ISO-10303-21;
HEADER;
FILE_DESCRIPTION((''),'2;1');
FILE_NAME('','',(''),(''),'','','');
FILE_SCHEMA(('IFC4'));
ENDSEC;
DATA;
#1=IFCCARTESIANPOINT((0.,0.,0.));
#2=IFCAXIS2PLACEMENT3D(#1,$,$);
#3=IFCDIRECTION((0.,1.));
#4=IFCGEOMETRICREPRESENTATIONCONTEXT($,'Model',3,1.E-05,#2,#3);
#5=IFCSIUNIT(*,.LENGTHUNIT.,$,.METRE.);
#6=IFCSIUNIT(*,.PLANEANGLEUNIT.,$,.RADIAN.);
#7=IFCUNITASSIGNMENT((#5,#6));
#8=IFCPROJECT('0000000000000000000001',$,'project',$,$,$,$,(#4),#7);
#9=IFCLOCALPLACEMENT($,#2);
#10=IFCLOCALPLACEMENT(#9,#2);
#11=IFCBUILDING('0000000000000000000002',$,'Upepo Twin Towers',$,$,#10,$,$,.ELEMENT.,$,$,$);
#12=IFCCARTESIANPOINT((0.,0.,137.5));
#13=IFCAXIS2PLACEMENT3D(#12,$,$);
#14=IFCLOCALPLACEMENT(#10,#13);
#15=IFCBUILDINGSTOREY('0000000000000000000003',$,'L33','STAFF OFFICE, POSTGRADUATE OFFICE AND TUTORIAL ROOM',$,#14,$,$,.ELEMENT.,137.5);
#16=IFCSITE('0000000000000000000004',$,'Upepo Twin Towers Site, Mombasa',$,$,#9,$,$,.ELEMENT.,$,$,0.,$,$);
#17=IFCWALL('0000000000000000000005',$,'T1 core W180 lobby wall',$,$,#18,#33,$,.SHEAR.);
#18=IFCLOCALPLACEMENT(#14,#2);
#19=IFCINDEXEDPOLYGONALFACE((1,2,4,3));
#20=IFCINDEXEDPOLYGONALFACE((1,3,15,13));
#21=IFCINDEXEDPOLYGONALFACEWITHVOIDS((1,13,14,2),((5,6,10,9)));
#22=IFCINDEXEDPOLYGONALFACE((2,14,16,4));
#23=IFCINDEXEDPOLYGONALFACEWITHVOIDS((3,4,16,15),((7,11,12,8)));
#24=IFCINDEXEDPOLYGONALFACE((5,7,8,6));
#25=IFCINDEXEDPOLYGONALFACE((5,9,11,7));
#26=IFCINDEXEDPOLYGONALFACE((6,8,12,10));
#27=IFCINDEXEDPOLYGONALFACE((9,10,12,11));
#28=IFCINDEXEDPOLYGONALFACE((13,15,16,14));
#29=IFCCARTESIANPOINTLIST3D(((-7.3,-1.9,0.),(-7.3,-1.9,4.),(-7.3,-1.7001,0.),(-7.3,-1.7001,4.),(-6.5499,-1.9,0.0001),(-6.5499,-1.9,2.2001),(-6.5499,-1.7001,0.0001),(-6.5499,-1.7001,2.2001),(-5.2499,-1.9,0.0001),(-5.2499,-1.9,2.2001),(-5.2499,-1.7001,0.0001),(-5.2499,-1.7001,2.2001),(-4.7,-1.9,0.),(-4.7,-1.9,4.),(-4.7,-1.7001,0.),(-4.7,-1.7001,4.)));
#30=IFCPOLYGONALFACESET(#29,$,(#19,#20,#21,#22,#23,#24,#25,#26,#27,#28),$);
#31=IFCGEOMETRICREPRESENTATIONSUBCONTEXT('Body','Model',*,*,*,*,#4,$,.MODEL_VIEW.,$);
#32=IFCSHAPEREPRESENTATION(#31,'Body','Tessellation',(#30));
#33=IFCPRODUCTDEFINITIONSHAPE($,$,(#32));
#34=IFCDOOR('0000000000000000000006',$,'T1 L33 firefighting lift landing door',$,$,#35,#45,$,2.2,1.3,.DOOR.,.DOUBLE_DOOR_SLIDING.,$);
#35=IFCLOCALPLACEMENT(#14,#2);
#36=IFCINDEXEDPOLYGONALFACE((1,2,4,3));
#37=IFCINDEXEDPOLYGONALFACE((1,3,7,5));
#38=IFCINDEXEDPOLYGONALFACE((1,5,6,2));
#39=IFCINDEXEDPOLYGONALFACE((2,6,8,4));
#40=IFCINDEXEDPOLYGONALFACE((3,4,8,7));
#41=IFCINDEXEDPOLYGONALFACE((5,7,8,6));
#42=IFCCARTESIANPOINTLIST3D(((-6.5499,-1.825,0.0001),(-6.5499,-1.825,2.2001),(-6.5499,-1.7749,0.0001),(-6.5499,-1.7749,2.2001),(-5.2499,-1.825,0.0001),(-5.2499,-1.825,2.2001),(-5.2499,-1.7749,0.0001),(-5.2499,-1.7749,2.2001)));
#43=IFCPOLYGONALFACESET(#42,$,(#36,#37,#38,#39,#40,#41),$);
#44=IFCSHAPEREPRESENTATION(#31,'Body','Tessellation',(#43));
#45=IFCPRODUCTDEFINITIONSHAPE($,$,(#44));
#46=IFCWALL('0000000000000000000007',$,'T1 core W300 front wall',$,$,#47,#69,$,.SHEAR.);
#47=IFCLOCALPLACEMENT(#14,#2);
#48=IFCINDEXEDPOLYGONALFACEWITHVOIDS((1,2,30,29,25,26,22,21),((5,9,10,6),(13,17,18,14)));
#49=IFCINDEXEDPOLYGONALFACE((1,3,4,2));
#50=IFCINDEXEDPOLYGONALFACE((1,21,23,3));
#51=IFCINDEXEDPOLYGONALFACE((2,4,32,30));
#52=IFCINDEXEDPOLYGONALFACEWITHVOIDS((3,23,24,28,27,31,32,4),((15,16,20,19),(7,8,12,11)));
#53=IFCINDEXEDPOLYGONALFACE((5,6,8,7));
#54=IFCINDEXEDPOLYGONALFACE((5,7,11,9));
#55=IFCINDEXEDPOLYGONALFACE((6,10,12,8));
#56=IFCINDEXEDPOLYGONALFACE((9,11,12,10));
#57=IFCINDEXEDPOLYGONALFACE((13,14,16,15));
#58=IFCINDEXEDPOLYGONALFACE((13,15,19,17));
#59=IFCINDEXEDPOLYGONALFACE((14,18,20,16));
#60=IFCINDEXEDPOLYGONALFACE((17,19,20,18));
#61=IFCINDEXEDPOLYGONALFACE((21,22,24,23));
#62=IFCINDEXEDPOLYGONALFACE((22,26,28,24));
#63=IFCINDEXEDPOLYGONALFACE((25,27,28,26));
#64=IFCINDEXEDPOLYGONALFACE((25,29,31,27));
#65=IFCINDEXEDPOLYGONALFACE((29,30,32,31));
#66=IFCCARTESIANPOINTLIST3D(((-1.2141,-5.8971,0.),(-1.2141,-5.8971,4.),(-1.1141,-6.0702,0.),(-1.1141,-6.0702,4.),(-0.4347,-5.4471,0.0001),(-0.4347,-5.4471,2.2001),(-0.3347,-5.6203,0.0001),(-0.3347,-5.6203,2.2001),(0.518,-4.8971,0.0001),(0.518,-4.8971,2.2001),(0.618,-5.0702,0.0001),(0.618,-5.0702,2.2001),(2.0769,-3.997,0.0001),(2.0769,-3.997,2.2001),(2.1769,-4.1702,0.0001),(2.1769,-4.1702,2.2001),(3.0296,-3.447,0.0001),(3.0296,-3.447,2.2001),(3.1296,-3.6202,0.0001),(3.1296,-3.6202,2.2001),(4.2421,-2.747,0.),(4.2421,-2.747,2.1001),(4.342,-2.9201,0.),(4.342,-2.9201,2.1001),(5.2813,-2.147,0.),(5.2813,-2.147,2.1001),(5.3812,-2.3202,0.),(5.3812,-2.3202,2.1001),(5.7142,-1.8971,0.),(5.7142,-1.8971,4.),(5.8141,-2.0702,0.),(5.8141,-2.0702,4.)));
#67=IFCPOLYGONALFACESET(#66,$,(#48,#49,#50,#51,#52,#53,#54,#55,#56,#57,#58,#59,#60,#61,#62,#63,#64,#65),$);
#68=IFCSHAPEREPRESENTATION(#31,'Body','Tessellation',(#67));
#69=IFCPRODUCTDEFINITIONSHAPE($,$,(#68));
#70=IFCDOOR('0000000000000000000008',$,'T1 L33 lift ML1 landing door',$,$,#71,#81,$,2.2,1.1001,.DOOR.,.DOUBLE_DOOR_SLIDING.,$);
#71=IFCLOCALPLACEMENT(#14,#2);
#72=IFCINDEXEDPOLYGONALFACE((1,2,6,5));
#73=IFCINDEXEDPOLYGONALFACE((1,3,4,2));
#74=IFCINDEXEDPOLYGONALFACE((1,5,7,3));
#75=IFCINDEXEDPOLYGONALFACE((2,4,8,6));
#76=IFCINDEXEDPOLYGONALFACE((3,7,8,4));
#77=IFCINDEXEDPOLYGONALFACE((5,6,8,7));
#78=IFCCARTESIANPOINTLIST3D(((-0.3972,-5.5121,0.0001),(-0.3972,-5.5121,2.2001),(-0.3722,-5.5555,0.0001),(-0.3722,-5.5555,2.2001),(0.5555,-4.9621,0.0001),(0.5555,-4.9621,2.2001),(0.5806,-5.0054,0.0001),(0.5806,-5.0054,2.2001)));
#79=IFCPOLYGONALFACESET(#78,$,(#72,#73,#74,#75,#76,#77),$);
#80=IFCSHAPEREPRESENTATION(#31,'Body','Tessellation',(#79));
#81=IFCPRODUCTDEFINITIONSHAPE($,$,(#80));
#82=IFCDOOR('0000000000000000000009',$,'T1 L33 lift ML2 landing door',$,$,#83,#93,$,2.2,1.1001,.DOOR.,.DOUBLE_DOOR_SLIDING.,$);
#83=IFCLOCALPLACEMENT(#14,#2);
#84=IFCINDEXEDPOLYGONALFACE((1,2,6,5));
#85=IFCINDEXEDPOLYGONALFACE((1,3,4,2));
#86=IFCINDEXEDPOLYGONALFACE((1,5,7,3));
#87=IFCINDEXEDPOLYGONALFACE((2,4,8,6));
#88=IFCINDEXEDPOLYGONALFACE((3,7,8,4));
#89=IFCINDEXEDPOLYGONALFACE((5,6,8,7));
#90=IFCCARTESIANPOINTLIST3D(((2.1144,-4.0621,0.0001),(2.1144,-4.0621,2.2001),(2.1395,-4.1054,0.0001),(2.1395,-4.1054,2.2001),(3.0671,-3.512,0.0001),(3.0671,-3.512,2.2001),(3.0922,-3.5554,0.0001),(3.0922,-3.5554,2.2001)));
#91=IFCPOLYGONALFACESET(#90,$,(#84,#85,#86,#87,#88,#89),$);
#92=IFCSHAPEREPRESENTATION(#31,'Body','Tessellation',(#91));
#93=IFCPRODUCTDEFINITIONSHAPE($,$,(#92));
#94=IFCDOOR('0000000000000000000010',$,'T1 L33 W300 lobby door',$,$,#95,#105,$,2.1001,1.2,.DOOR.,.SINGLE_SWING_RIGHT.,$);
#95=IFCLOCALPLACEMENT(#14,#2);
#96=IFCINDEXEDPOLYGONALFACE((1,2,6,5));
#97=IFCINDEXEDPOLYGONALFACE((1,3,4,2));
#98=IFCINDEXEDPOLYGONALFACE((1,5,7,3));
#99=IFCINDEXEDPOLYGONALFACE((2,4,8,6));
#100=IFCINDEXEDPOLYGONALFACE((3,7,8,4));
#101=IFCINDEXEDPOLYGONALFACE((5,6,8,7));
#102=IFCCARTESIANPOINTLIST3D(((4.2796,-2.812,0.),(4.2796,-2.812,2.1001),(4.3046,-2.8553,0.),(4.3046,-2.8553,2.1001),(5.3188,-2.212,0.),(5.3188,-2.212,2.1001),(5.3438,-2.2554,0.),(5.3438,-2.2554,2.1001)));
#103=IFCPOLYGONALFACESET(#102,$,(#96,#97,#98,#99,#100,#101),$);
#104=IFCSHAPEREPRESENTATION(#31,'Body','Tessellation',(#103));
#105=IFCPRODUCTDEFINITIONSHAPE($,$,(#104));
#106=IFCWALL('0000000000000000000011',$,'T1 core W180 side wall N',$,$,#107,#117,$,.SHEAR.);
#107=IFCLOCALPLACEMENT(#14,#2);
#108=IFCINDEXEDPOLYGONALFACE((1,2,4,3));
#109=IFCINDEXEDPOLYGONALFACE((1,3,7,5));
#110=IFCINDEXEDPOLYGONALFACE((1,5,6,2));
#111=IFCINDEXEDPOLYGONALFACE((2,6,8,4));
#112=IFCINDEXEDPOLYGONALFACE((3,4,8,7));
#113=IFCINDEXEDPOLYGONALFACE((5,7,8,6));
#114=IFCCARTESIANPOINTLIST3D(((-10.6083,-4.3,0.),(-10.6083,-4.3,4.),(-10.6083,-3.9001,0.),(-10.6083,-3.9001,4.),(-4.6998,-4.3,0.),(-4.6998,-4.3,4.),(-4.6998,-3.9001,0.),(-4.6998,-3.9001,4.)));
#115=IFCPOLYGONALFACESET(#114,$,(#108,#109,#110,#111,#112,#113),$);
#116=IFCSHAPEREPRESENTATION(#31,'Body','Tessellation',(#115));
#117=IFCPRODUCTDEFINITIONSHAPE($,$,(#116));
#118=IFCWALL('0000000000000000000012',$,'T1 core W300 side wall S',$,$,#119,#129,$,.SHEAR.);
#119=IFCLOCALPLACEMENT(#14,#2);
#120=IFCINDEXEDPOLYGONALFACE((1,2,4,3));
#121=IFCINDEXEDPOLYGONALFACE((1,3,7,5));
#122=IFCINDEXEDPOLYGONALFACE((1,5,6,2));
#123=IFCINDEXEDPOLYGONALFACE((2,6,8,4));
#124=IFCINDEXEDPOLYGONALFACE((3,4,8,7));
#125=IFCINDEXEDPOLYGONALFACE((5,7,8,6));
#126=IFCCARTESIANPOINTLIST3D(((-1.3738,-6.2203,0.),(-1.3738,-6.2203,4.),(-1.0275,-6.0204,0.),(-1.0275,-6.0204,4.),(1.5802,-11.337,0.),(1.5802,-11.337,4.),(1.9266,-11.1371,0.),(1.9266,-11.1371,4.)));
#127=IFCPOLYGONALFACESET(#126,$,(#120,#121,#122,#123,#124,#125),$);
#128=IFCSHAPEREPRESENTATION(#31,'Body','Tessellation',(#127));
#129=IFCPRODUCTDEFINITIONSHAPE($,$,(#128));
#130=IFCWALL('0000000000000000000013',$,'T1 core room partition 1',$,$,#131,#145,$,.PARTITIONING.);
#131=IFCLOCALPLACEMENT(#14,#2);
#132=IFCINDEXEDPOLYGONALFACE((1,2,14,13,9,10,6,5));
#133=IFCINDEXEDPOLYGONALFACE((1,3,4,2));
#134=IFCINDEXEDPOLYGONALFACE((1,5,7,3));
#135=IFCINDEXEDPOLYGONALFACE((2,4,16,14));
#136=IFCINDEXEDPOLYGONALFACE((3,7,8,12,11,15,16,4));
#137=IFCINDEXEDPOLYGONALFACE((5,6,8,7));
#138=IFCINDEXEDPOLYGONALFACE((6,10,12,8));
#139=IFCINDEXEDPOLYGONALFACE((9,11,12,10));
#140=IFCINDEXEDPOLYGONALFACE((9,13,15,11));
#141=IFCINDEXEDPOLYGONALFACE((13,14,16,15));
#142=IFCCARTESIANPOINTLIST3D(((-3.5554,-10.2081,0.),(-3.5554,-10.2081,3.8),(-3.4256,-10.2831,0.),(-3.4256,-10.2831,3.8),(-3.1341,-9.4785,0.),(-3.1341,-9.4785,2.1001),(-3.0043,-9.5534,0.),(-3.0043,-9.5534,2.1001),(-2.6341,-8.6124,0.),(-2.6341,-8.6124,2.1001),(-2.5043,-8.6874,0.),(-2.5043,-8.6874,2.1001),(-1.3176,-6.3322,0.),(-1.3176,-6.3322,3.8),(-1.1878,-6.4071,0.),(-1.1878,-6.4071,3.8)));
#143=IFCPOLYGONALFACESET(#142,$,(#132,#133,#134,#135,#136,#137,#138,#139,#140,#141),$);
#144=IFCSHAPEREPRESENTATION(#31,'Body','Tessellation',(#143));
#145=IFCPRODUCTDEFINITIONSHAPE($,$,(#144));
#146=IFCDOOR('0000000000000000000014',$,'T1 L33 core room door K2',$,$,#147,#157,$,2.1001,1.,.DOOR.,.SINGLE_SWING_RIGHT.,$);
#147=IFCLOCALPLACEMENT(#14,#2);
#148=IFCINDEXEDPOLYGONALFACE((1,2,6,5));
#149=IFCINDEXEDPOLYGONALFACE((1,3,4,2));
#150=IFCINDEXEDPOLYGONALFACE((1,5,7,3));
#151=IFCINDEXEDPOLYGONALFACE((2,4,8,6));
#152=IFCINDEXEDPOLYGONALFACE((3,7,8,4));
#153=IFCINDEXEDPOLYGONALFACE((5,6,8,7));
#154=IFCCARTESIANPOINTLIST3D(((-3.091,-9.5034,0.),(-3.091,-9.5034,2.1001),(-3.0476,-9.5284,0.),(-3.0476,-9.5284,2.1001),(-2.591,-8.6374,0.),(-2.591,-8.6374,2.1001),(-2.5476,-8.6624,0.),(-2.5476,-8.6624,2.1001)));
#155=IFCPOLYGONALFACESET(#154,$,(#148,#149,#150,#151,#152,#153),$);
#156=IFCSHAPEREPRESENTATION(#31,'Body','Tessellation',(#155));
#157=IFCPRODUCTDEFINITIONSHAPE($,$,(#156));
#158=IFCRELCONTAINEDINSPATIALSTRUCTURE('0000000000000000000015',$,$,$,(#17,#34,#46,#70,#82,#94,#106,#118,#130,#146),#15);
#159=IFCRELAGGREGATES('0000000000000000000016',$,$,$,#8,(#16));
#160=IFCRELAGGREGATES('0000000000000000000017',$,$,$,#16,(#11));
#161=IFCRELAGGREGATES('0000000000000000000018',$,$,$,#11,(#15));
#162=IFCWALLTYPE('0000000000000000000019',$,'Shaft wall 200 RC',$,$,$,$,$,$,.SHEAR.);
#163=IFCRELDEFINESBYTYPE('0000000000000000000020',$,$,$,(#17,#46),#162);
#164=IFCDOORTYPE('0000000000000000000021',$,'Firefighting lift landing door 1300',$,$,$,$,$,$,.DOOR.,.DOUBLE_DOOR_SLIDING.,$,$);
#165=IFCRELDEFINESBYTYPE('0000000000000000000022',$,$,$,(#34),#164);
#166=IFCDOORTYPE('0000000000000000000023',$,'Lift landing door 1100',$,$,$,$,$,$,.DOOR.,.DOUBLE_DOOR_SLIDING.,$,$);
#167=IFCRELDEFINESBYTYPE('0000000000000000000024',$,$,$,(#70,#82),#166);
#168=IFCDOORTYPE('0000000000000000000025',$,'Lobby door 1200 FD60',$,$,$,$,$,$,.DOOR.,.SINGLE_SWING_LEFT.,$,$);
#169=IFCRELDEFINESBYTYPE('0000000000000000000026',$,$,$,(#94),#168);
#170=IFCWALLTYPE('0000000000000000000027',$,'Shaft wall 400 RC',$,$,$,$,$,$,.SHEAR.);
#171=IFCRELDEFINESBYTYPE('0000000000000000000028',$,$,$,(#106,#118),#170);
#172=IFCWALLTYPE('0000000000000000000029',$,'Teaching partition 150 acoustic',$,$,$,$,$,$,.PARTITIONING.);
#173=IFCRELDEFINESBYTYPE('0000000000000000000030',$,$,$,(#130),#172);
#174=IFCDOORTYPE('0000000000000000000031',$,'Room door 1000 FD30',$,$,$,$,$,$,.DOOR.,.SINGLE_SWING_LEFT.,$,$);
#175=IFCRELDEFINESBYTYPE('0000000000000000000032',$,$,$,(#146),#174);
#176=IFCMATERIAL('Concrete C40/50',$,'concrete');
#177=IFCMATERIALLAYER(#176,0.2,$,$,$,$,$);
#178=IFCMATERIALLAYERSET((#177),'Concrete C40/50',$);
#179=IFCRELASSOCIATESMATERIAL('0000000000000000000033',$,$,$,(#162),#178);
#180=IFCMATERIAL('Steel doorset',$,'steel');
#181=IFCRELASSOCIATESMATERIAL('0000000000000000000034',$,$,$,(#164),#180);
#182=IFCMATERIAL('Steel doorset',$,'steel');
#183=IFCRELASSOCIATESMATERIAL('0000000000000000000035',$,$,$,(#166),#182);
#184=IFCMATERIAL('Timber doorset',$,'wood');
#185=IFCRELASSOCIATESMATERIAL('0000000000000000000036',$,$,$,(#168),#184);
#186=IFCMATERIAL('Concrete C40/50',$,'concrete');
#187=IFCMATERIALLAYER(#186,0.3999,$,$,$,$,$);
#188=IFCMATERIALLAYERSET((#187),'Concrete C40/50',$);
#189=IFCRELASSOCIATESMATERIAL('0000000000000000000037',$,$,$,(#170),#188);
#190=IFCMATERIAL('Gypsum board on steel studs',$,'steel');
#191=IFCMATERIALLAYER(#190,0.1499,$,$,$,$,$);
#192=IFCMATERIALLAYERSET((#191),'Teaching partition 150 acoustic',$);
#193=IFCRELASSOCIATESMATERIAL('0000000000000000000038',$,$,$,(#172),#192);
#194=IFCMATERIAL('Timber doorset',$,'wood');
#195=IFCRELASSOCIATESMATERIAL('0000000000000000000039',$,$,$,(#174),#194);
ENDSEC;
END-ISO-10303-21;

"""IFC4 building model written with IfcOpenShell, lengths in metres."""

from ifc_helpers import new_model, si_unit, direction, frame, frame_2d, origin, place, context, subcontext, project, spatial, rectangle, extrude, material, layer, layer_set, type_object, element, fill, save


model = new_model("IFC4")

# Units and contexts
model_context = context("Model", 3, precision=1e-05, world=origin(), true_north=direction((0.0, 1.0)))
body_context = subcontext(model_context, "Body", "Model", "MODEL_VIEW")
ifc_project = project(units=[si_unit("LENGTHUNIT", "METRE"), si_unit("PLANEANGLEUNIT", "RADIAN")], contexts=[model_context])

# Site, building, storey
site_placement = place(None, origin())
site = spatial("IfcSite", under=ifc_project, at=site_placement, Name="Upepo Twin Towers Site, Mombasa", CompositionType="ELEMENT", RefElevation=0.0)
building_placement = place(site_placement, origin())
building = spatial("IfcBuilding", under=site, at=building_placement, Name="Upepo Twin Towers", CompositionType="ELEMENT")
storey_placement = place(building_placement, frame((0.0, 0.0, 137.5)))
storey = spatial("IfcBuildingStorey", under=building, at=storey_placement, Name="L33", Description="STAFF OFFICE, POSTGRADUATE OFFICE AND TUTORIAL ROOM", CompositionType="ELEMENT", Elevation=137.5)

# Shared definitions
ifc_material_1 = material(Name="Concrete C40/50", Category="concrete")
ifc_layer_1 = layer(ifc_material_1, 0.2)
ifc_layer_set_1 = layer_set([ifc_layer_1], Name="Concrete C40/50")
wall_type_1 = type_object("IfcWallType", Name="Shaft wall 200 RC", PredefinedType="SHEAR", material=ifc_layer_set_1)

# Wall, opening, door
wall_1_placement = place(storey_placement, frame((-4.7, -1.8, 0.0), z_axis=(0.0, 0.0, 1.0), x_axis=(-1.0, 0.0, 0.0)))
wall_1 = element("IfcWall", 1, at=wall_1_placement, inside=storey, type_object=wall_type_1, Name="T1 core W180 lobby wall", PredefinedType="SHEAR", context=body_context, shape_type="SweptSolid", body=[
    extrude(rectangle(XDim=2.6001, YDim=0.2, at=frame_2d((1.3, 0.0))), origin(), (0.0, 0.0, 1.0), 4.0),
])
opening_1_placement = place(wall_1_placement, frame((0.55, 0.0, 0.0)))
opening_1 = element("IfcOpeningElement", 2, at=opening_1_placement, cuts=wall_1, PredefinedType="OPENING", context=body_context, shape_type="SweptSolid", body=[
    extrude(rectangle(XDim=1.3, YDim=2.2, at=frame_2d((0.6499, 1.1001))), frame((0.0, 0.1099, 0.0), z_axis=(0.0, -1.0, 0.0), x_axis=(1.0, 0.0, 0.0)), (0.0, 0.0, 1.0), 0.22),
])
ifc_material_2 = material(Name="Steel doorset", Category="steel")
door_type_1 = type_object("IfcDoorType", Name="Firefighting lift landing door 1300", OperationType="DOUBLE_DOOR_SLIDING", PredefinedType="DOOR", material=ifc_material_2)
door_1_placement = place(opening_1_placement, origin())
door_1 = element("IfcDoor", 3, at=door_1_placement, inside=storey, type_object=door_type_1, Name="T1 L33 firefighting lift landing door", OperationType="DOUBLE_DOOR_SLIDING", OverallHeight=2.2, OverallWidth=1.3, PredefinedType="DOOR", context=body_context, shape_type="SweptSolid", body=[
    extrude(rectangle(XDim=1.3, YDim=2.2, at=frame_2d((0.6499, 1.1001))), frame((0.0, 0.0249, 0.0), z_axis=(0.0, -1.0, 0.0), x_axis=(1.0, 0.0, 0.0)), (0.0, 0.0, 1.0), 0.05),
])
fill(opening_1, door_1)

# Wall, openings, doors
wall_2_placement = place(storey_placement, frame((-1.1641, -5.9836, 0.0), z_axis=(0.0, 0.0, 1.0), x_axis=(0.866026, 0.499999, 0.0)))
wall_2 = element("IfcWall", 4, at=wall_2_placement, inside=storey, type_object=wall_type_1, Name="T1 core W300 front wall", PredefinedType="SHEAR", context=body_context, shape_type="SweptSolid", body=[
    extrude(rectangle(XDim=8.0, YDim=0.2, at=frame_2d((4.0, 0.0))), origin(), (0.0, 0.0, 1.0), 4.0),
])
opening_2_placement = place(wall_2_placement, frame((6.3, 0.0, 0.0)))
opening_2 = element("IfcOpeningElement", 5, at=opening_2_placement, cuts=wall_2, PredefinedType="OPENING", context=body_context, shape_type="SweptSolid", body=[
    extrude(rectangle(XDim=1.2, YDim=2.1001, at=frame_2d((0.6001, 1.05))), frame((0.0, 0.1099, 0.0), z_axis=(0.0, -1.0, 0.0), x_axis=(1.0, 0.0, 0.0)), (0.0, 0.0, 1.0), 0.22),
])
opening_3_placement = place(wall_2_placement, frame((0.8999, 0.0, 0.0)))
opening_3 = element("IfcOpeningElement", 6, at=opening_3_placement, cuts=wall_2, PredefinedType="OPENING", context=body_context, shape_type="SweptSolid", body=[
    extrude(rectangle(XDim=1.1001, YDim=2.2, at=frame_2d((0.55, 1.1001))), frame((0.0, 0.1099, 0.0), z_axis=(0.0, -1.0, 0.0), x_axis=(1.0, 0.0, 0.0)), (0.0, 0.0, 1.0), 0.22),
])
opening_4_placement = place(wall_2_placement, frame((3.8, 0.0, 0.0)))
opening_4 = element("IfcOpeningElement", 7, at=opening_4_placement, cuts=wall_2, PredefinedType="OPENING", context=body_context, shape_type="SweptSolid", body=[
    extrude(rectangle(XDim=1.1001, YDim=2.2, at=frame_2d((0.55, 1.1001))), frame((0.0, 0.1099, 0.0), z_axis=(0.0, -1.0, 0.0), x_axis=(1.0, 0.0, 0.0)), (0.0, 0.0, 1.0), 0.22),
])
ifc_material_3 = material(Name="Steel doorset", Category="steel")
door_type_2 = type_object("IfcDoorType", Name="Lift landing door 1100", OperationType="DOUBLE_DOOR_SLIDING", PredefinedType="DOOR", material=ifc_material_3)
door_2_placement = place(opening_3_placement, origin())
door_2 = element("IfcDoor", 8, at=door_2_placement, inside=storey, type_object=door_type_2, Name="T1 L33 lift ML1 landing door", OperationType="DOUBLE_DOOR_SLIDING", OverallHeight=2.2, OverallWidth=1.1001, PredefinedType="DOOR", context=body_context, shape_type="SweptSolid", body=[
    extrude(rectangle(XDim=1.1001, YDim=2.2, at=frame_2d((0.55, 1.1001))), frame((0.0, 0.0249, 0.0), z_axis=(0.0, -1.0, 0.0), x_axis=(1.0, 0.0, 0.0)), (0.0, 0.0, 1.0), 0.05),
])
fill(opening_3, door_2)
door_3_placement = place(opening_4_placement, origin())
door_3 = element("IfcDoor", 9, at=door_3_placement, inside=storey, type_object=door_type_2, Name="T1 L33 lift ML2 landing door", OperationType="DOUBLE_DOOR_SLIDING", OverallHeight=2.2, OverallWidth=1.1001, PredefinedType="DOOR", context=body_context, shape_type="SweptSolid", body=[
    extrude(rectangle(XDim=1.1001, YDim=2.2, at=frame_2d((0.55, 1.1001))), frame((0.0, 0.0249, 0.0), z_axis=(0.0, -1.0, 0.0), x_axis=(1.0, 0.0, 0.0)), (0.0, 0.0, 1.0), 0.05),
])
fill(opening_4, door_3)
ifc_material_4 = material(Name="Timber doorset", Category="wood")
door_type_3 = type_object("IfcDoorType", Name="Lobby door 1200 FD60", OperationType="SINGLE_SWING_LEFT", PredefinedType="DOOR", material=ifc_material_4)
door_4_placement = place(opening_2_placement, origin())
door_4 = element("IfcDoor", 10, at=door_4_placement, inside=storey, type_object=door_type_3, Name="T1 L33 W300 lobby door", OperationType="SINGLE_SWING_RIGHT", OverallHeight=2.1001, OverallWidth=1.2, PredefinedType="DOOR", context=body_context, shape_type="SweptSolid", body=[
    extrude(rectangle(XDim=1.2, YDim=2.1001, at=frame_2d((0.6001, 1.05))), frame((0.0, 0.0249, 0.0), z_axis=(0.0, -1.0, 0.0), x_axis=(1.0, 0.0, 0.0)), (0.0, 0.0, 1.0), 0.05),
])
fill(opening_2, door_4)

# Walls
ifc_material_5 = material(Name="Concrete C40/50", Category="concrete")
ifc_layer_2 = layer(ifc_material_5, 0.3999)
ifc_layer_set_2 = layer_set([ifc_layer_2], Name="Concrete C40/50")
wall_type_2 = type_object("IfcWallType", Name="Shaft wall 400 RC", PredefinedType="SHEAR", material=ifc_layer_set_2)
wall_3_placement = place(storey_placement, frame((-4.7, -4.1001, 0.0), z_axis=(0.0, 0.0, 1.0), x_axis=(-1.0, 0.0, 0.0)))
element("IfcWall", 11, at=wall_3_placement, inside=storey, type_object=wall_type_2, Name="T1 core W180 side wall N", PredefinedType="SHEAR", context=body_context, shape_type="SweptSolid", body=[
    extrude(rectangle(XDim=5.9084, YDim=0.3999, at=frame_2d((2.9541, 0.0))), origin(), (0.0, 0.0, 1.0), 4.0),
])
wall_4_placement = place(storey_placement, frame((-1.2007, -6.1204, 0.0), z_axis=(0.0, 0.0, 1.0), x_axis=(0.499997, -0.866027, 0.0)))
element("IfcWall", 12, at=wall_4_placement, inside=storey, type_object=wall_type_2, Name="T1 core W300 side wall S", PredefinedType="SHEAR", context=body_context, shape_type="SweptSolid", body=[
    extrude(rectangle(XDim=5.9082, YDim=0.3999, at=frame_2d((2.9541, 0.0))), origin(), (0.0, 0.0, 1.0), 4.0),
])

# Wall, opening, door
ifc_material_6 = material(Name="Gypsum board on steel studs", Category="steel")
ifc_layer_3 = layer(ifc_material_6, 0.1499)
ifc_layer_set_3 = layer_set([ifc_layer_3], Name="Teaching partition 150 acoustic")
wall_type_3 = type_object("IfcWallType", Name="Teaching partition 150 acoustic", PredefinedType="PARTITIONING", material=ifc_layer_set_3)
wall_5_placement = place(storey_placement, frame((-1.2527, -6.3696, 0.0), z_axis=(0.0, 0.0, 1.0), x_axis=(-0.499999, -0.866026, 0.0)))
wall_5 = element("IfcWall", 13, at=wall_5_placement, inside=storey, type_object=wall_type_3, Name="T1 core room partition 1", PredefinedType="PARTITIONING", context=body_context, shape_type="SweptSolid", body=[
    extrude(rectangle(XDim=4.4756, YDim=0.1499, at=frame_2d((2.2378, 0.0))), origin(), (0.0, 0.0, 1.0), 3.8),
])
opening_5_placement = place(wall_5_placement, frame((2.6331, 0.0, 0.0)))
opening_5 = element("IfcOpeningElement", 14, at=opening_5_placement, cuts=wall_5, PredefinedType="OPENING", context=body_context, shape_type="SweptSolid", body=[
    extrude(rectangle(XDim=1.0, YDim=2.1001, at=frame_2d((0.5, 1.05))), frame((0.0, 0.085, 0.0), z_axis=(0.0, -1.0, 0.0), x_axis=(1.0, 0.0, 0.0)), (0.0, 0.0, 1.0), 0.1699),
])
ifc_material_7 = material(Name="Timber doorset", Category="wood")
door_type_4 = type_object("IfcDoorType", Name="Room door 1000 FD30", OperationType="SINGLE_SWING_LEFT", PredefinedType="DOOR", material=ifc_material_7)
door_5_placement = place(opening_5_placement, origin())
door_5 = element("IfcDoor", 15, at=door_5_placement, inside=storey, type_object=door_type_4, Name="T1 L33 core room door K2", OperationType="SINGLE_SWING_RIGHT", OverallHeight=2.1001, OverallWidth=1.0, PredefinedType="DOOR", context=body_context, shape_type="SweptSolid", body=[
    extrude(rectangle(XDim=1.0, YDim=2.1001, at=frame_2d((0.5, 1.05))), frame((0.0, 0.0249, 0.0), z_axis=(0.0, -1.0, 0.0), x_axis=(1.0, 0.0, 0.0)), (0.0, 0.0, 1.0), 0.05),
])
fill(opening_5, door_5)

save(model, "model.ifc")
